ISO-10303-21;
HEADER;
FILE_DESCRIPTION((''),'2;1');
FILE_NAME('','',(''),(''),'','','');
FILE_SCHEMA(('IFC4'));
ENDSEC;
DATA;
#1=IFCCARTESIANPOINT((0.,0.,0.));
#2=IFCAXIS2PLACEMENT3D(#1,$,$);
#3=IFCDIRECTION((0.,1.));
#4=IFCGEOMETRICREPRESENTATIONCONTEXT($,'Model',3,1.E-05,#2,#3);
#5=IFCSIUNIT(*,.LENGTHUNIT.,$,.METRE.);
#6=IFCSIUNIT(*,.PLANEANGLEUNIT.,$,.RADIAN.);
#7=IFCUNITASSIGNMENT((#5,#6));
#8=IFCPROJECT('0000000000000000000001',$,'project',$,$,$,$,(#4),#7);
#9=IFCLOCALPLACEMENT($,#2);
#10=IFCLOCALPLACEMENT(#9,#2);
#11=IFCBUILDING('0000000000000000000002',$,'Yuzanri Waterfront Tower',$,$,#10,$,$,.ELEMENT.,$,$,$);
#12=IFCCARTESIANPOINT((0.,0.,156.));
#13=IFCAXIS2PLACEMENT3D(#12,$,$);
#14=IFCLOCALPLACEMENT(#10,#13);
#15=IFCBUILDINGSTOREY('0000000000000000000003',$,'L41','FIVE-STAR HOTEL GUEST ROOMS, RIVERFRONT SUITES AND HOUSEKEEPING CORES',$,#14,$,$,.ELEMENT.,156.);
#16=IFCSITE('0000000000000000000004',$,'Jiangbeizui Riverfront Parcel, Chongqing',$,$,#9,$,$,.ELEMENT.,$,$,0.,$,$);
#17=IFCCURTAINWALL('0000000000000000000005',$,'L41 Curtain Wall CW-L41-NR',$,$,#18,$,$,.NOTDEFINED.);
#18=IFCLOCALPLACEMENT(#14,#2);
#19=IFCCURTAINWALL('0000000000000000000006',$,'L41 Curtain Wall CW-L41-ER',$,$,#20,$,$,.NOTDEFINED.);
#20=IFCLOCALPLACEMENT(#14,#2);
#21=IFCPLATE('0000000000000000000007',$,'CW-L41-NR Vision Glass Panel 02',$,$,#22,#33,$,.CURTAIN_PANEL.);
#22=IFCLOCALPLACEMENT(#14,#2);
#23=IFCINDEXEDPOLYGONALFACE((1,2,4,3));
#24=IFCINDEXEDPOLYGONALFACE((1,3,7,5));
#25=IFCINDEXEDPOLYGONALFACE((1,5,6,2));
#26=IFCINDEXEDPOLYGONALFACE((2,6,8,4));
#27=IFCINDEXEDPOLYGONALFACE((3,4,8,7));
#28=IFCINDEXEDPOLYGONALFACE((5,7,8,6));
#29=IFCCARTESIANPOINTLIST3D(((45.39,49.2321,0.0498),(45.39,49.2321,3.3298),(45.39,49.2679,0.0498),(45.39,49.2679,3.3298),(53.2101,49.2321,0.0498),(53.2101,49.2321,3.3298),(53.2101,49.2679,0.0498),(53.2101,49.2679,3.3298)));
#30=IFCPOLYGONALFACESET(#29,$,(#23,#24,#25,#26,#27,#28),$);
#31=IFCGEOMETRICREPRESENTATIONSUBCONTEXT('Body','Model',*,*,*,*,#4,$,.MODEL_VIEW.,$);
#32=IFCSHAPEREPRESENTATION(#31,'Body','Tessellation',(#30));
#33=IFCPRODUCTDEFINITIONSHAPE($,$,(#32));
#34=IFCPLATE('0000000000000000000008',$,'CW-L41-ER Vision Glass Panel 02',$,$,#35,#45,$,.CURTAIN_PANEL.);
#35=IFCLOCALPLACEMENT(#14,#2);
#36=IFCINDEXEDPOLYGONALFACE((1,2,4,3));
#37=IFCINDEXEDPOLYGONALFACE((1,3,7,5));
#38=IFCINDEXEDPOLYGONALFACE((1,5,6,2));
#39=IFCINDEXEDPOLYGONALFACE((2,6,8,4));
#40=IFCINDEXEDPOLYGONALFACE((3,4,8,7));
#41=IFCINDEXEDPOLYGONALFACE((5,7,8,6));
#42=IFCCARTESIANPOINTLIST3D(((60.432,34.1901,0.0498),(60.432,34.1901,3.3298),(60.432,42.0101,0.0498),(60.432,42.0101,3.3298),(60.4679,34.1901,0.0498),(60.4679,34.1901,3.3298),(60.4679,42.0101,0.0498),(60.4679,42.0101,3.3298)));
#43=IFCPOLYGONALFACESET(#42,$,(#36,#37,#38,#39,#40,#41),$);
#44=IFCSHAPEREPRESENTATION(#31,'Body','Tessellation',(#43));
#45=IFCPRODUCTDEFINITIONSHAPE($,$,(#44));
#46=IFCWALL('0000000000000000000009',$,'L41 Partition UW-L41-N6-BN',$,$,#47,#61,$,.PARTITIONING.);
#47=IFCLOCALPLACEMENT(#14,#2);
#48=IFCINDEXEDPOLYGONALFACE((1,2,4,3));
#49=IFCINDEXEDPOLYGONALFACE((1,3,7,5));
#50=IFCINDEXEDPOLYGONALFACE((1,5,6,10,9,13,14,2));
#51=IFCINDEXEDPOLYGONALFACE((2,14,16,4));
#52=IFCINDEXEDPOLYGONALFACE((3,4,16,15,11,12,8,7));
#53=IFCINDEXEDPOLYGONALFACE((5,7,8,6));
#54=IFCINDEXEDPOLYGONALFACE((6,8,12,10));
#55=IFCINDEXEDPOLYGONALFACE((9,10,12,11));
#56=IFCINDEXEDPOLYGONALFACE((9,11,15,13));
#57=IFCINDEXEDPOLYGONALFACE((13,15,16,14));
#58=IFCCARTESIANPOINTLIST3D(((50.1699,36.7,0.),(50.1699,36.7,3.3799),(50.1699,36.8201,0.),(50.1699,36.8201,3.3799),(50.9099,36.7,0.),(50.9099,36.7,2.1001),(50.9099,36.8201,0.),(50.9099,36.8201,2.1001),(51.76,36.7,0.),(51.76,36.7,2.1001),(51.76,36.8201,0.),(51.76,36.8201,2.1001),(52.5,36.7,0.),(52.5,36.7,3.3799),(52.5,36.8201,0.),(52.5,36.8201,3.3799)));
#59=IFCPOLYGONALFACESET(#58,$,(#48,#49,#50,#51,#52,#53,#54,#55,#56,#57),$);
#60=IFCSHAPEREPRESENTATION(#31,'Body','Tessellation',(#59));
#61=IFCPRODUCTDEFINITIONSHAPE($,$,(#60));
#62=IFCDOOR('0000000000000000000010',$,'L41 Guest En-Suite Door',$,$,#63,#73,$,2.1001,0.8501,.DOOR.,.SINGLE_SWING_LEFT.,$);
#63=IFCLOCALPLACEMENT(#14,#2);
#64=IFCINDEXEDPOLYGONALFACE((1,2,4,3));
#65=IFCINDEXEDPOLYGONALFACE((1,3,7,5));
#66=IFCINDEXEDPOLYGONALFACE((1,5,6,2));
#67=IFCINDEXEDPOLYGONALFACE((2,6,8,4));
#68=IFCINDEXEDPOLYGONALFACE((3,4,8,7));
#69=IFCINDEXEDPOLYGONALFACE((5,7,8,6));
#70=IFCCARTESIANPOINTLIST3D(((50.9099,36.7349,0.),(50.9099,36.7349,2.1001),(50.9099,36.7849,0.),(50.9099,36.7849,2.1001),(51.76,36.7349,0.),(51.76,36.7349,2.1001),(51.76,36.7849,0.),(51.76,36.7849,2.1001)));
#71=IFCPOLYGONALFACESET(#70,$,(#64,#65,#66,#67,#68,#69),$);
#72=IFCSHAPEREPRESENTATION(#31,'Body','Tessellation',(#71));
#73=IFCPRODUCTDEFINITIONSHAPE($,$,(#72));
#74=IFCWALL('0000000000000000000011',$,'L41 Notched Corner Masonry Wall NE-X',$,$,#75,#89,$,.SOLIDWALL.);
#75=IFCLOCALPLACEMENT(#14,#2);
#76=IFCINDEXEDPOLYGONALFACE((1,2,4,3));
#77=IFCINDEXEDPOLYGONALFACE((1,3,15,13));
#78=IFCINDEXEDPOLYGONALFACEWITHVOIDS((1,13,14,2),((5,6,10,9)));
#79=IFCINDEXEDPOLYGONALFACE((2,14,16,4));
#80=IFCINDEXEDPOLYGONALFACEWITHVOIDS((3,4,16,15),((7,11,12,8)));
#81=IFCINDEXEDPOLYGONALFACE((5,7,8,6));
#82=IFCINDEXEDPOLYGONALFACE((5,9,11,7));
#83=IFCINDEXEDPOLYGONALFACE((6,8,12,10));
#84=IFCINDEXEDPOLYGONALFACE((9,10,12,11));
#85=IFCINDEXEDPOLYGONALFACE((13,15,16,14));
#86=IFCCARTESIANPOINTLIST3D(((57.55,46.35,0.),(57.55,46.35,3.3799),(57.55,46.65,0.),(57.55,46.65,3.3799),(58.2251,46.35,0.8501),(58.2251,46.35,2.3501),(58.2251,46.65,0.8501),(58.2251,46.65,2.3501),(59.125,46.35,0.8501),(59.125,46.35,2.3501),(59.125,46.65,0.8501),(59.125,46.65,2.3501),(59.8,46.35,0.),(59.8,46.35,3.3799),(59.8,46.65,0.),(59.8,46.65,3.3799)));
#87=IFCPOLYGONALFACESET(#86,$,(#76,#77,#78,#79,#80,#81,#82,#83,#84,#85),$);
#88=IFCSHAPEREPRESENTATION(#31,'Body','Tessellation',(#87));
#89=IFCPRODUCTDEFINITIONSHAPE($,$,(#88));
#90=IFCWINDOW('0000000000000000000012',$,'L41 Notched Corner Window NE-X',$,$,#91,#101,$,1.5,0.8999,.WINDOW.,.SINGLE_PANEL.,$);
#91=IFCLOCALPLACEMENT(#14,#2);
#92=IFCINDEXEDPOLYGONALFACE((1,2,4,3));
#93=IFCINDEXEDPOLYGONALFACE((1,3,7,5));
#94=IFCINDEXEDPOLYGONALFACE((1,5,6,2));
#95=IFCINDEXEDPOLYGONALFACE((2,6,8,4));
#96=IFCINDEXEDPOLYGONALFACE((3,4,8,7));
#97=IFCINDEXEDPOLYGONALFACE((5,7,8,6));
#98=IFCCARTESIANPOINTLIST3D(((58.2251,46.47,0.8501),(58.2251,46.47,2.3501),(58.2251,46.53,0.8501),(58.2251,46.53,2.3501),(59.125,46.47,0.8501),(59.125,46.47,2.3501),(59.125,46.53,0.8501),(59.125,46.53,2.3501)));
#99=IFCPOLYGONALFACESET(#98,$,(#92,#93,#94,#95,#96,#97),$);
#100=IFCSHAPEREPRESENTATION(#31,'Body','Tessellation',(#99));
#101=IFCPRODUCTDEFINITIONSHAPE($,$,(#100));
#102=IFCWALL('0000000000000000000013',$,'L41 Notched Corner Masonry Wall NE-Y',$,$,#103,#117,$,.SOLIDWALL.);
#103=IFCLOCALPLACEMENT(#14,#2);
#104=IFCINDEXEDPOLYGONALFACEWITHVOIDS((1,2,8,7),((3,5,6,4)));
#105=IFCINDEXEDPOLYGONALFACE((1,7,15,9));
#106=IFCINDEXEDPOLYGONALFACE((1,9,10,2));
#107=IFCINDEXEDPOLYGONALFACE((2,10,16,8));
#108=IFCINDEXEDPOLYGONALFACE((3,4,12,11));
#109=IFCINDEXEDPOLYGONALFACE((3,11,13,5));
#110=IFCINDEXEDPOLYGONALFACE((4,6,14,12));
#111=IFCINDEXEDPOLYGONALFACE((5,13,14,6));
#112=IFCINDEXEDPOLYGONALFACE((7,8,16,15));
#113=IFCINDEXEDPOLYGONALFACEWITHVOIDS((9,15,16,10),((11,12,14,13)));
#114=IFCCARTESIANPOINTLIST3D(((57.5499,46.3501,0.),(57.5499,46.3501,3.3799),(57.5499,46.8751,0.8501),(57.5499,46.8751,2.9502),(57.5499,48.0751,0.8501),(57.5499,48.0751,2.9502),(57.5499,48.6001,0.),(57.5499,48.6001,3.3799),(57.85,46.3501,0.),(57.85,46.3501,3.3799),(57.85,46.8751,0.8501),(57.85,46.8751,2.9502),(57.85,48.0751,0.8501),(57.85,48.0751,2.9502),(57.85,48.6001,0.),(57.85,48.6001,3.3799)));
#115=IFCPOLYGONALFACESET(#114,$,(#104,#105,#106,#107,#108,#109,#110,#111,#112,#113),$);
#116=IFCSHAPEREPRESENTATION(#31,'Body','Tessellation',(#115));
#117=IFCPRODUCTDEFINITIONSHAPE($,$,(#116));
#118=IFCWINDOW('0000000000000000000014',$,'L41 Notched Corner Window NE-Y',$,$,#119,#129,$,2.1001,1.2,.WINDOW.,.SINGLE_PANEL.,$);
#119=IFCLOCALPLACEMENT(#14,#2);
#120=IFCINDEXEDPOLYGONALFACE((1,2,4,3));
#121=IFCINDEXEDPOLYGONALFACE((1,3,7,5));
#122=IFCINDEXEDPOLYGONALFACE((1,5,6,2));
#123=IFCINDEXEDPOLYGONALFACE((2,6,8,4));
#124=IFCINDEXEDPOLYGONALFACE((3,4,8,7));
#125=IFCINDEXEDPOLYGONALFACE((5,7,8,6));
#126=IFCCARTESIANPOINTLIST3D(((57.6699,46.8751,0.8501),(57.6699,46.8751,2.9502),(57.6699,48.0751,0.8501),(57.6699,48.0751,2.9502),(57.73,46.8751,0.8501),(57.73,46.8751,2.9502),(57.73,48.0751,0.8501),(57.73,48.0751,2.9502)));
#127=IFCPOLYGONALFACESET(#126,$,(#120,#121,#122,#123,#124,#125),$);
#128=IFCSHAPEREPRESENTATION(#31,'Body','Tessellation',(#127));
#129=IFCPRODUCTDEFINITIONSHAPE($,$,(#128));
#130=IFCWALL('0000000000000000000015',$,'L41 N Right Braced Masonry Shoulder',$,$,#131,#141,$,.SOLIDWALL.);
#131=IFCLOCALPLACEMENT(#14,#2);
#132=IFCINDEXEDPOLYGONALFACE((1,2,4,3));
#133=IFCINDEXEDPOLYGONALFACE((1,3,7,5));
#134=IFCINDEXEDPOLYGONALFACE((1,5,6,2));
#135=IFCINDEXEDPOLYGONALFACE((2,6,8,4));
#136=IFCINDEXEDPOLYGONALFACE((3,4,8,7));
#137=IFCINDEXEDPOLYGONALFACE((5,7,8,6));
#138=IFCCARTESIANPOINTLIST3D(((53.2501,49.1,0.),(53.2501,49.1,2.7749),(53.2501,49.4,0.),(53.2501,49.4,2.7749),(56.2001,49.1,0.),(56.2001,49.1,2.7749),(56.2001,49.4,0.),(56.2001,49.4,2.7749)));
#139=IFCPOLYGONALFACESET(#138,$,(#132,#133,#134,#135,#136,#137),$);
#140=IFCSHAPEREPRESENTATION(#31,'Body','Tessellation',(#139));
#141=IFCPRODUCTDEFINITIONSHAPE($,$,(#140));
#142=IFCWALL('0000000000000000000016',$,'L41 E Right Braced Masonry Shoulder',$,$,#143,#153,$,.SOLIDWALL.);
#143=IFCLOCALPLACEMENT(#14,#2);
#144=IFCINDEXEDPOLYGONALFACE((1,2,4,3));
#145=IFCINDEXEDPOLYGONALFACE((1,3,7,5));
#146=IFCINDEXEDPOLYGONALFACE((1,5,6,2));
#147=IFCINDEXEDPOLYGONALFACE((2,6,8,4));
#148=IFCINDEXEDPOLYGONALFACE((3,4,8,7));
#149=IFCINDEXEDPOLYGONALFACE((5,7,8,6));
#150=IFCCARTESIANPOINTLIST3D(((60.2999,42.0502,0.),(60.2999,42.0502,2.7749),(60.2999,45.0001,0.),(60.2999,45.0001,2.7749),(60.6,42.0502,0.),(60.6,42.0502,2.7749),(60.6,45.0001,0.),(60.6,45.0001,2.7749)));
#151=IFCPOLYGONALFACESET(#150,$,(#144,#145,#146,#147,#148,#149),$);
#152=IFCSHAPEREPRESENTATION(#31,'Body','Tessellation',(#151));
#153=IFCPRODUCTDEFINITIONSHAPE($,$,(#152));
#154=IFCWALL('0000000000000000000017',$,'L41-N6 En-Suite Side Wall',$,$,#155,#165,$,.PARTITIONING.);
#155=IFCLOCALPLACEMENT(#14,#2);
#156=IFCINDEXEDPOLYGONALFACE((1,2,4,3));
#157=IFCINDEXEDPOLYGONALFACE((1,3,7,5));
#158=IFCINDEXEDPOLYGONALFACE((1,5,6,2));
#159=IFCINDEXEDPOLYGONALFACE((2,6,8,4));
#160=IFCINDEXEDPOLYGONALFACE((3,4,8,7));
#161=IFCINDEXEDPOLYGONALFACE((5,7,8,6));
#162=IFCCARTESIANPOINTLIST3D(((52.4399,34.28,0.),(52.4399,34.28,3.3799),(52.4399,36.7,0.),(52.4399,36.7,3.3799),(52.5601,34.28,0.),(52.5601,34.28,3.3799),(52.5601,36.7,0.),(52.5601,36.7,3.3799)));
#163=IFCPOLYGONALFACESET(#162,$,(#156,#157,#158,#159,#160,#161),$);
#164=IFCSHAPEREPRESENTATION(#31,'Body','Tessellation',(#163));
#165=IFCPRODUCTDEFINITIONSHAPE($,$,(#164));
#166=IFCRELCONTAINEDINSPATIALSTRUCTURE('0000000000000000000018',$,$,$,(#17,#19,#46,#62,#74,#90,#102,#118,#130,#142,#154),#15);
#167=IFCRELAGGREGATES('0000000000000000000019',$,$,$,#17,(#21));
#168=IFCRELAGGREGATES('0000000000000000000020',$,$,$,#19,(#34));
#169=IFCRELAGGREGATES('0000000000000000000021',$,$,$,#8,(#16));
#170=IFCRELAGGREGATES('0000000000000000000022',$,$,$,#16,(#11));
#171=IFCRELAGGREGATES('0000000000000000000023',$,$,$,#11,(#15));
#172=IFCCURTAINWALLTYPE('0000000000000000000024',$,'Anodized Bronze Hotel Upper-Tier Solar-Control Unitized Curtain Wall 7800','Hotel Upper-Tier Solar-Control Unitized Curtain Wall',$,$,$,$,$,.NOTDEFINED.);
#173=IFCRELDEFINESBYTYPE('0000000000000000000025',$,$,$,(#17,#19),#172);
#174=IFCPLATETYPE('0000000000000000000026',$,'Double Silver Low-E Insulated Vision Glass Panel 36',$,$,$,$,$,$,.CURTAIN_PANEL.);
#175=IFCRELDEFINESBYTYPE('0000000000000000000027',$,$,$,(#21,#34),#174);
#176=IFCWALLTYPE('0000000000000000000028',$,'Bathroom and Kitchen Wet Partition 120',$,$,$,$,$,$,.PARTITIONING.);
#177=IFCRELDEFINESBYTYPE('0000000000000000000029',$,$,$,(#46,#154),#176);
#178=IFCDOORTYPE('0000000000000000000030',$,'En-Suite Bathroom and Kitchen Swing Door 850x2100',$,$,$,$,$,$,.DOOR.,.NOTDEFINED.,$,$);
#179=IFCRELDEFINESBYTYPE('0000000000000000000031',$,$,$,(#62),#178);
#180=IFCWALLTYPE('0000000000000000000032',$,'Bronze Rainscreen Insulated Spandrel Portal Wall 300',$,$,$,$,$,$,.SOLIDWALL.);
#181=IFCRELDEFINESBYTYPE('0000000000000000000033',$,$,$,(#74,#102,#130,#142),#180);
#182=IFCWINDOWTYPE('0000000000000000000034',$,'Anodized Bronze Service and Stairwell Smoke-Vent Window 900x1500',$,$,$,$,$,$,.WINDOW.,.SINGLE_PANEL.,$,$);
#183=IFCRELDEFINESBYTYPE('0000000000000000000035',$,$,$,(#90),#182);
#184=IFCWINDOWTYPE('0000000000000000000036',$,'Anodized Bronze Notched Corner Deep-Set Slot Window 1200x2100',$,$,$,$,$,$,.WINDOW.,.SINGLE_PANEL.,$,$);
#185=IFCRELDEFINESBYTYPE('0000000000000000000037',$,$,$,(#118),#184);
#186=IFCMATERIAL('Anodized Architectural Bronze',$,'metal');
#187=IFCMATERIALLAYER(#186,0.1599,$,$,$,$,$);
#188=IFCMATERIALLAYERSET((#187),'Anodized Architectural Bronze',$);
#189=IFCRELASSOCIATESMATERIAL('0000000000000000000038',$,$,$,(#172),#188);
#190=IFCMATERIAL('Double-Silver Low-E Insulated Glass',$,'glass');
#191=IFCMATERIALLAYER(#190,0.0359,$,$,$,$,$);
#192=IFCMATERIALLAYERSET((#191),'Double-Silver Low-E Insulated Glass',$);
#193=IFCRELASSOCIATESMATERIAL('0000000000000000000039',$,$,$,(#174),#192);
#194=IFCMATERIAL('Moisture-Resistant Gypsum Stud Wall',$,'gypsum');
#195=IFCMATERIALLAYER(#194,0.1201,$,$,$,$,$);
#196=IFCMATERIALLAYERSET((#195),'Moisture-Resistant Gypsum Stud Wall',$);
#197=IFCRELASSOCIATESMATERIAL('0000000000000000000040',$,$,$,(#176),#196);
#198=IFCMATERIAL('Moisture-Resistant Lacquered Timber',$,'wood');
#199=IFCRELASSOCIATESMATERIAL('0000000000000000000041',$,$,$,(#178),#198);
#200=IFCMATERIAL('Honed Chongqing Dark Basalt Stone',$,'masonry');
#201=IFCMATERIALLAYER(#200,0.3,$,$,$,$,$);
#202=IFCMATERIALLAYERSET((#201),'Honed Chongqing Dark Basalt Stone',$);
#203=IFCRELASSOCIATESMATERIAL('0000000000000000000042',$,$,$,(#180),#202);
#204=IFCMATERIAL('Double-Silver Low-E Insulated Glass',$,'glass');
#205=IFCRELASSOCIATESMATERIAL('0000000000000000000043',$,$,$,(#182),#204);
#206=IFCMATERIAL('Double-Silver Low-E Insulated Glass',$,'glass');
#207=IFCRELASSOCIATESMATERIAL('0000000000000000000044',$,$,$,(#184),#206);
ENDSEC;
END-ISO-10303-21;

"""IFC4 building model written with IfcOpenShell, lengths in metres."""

from ifc_helpers import new_model, si_unit, direction, frame, frame_2d, origin, origin_2d, place, context, subcontext, project, spatial, rectangle, extrude, source, transform, mapped, material, layer, layer_set, type_object, element, fill, aggregate, save


model = new_model("IFC4")

# Units and contexts
model_context = context("Model", 3, precision=1e-05, world=origin(), true_north=direction((0.0, 1.0)))
body_context = subcontext(model_context, "Body", "Model", "MODEL_VIEW")
ifc_project = project(units=[si_unit("LENGTHUNIT", "METRE"), si_unit("PLANEANGLEUNIT", "RADIAN")], contexts=[model_context])

# Site, building, storey
site_placement = place(None, origin())
site = spatial("IfcSite", under=ifc_project, at=site_placement, Name="Jiangbeizui Riverfront Parcel, Chongqing", CompositionType="ELEMENT", RefElevation=0.0)
building_placement = place(site_placement, origin())
building = spatial("IfcBuilding", under=site, at=building_placement, Name="Yuzanri Waterfront Tower", CompositionType="ELEMENT")
storey_placement = place(building_placement, frame((0.0, 0.0, 156.0)))
storey = spatial("IfcBuildingStorey", under=building, at=storey_placement, Name="L41", Description="FIVE-STAR HOTEL GUEST ROOMS, RIVERFRONT SUITES AND HOUSEKEEPING CORES", CompositionType="ELEMENT", Elevation=156.0)

# Curtain walls
ifc_material_1 = material(Name="Anodized Architectural Bronze", Category="metal")
ifc_layer_1 = layer(ifc_material_1, 0.1599)
ifc_layer_set_1 = layer_set([ifc_layer_1], Name="Anodized Architectural Bronze")
curtain_wall_type = type_object("IfcCurtainWallType", Name="Anodized Bronze Hotel Upper-Tier Solar-Control Unitized Curtain Wall 7800", Description="Hotel Upper-Tier Solar-Control Unitized Curtain Wall", PredefinedType="NOTDEFINED", material=ifc_layer_set_1)
curtain_wall_1_placement = place(storey_placement, origin())
curtain_wall_1 = element("IfcCurtainWall", 1, at=curtain_wall_1_placement, inside=storey, type_object=curtain_wall_type, Name="L41 Curtain Wall CW-L41-NR", PredefinedType="NOTDEFINED")
curtain_wall_2_placement = place(storey_placement, origin())
curtain_wall_2 = element("IfcCurtainWall", 2, at=curtain_wall_2_placement, inside=storey, type_object=curtain_wall_type, Name="L41 Curtain Wall CW-L41-ER", PredefinedType="NOTDEFINED")

# Plates
ifc_material_2 = material(Name="Double-Silver Low-E Insulated Glass", Category="glass")
ifc_layer_2 = layer(ifc_material_2, 0.0359)
ifc_layer_set_2 = layer_set([ifc_layer_2], Name="Double-Silver Low-E Insulated Glass")
plate_type_1 = type_object("IfcPlateType", Name="Double Silver Low-E Insulated Vision Glass Panel 36", PredefinedType="CURTAIN_PANEL", material=ifc_layer_set_2)
shared_shape_1 = source(origin(), body_context, "Body", "SweptSolid", [
    extrude(rectangle(XDim=7.8201, YDim=0.0359, at=origin_2d()), origin(), (0.0, 0.0, 1.0), 3.28),
])
plate_1_placement = place(storey_placement, frame((49.3, 49.25, 0.0498), z_axis=(0.0, 0.0, 1.0), x_axis=(1.0, 0.0, 0.0)))
plate_1 = element("IfcPlate", 3, at=plate_1_placement, type_object=plate_type_1, Name="CW-L41-NR Vision Glass Panel 02", PredefinedType="CURTAIN_PANEL", context=body_context, shape_type="MappedRepresentation", body=[
    mapped(shared_shape_1, transform((0.0, 0.0, 0.0), scale=1.0)),
])
aggregate(curtain_wall_1, [plate_1])
plate_2_placement = place(storey_placement, frame((60.45, 38.1001, 0.0498), z_axis=(0.0, 0.0, 1.0), x_axis=(0.0, 1.0, 0.0)))
plate_2 = element("IfcPlate", 4, at=plate_2_placement, type_object=plate_type_1, Name="CW-L41-ER Vision Glass Panel 02", PredefinedType="CURTAIN_PANEL", context=body_context, shape_type="MappedRepresentation", body=[
    mapped(shared_shape_1, transform((0.0, 0.0, 0.0), scale=1.0)),
])
aggregate(curtain_wall_2, [plate_2])

# Wall, opening, door
ifc_material_3 = material(Name="Moisture-Resistant Gypsum Stud Wall", Category="gypsum")
ifc_layer_3 = layer(ifc_material_3, 0.1201)
ifc_layer_set_3 = layer_set([ifc_layer_3], Name="Moisture-Resistant Gypsum Stud Wall")
wall_type_1 = type_object("IfcWallType", Name="Bathroom and Kitchen Wet Partition 120", PredefinedType="PARTITIONING", material=ifc_layer_set_3)
wall_1_placement = place(storey_placement, frame((50.1699, 36.76, 0.0), z_axis=(0.0, 0.0, 1.0), x_axis=(1.0, 0.0, 0.0)))
wall_1 = element("IfcWall", 5, at=wall_1_placement, inside=storey, type_object=wall_type_1, Name="L41 Partition UW-L41-N6-BN", PredefinedType="PARTITIONING", context=body_context, shape_type="SweptSolid", body=[
    extrude(rectangle(XDim=2.3301, YDim=0.1201, at=frame_2d((1.165, 0.0))), origin(), (0.0, 0.0, 1.0), 3.3799),
])
opening_1_placement = place(wall_1_placement, frame((0.74, 0.0, 0.0)))
opening_1 = element("IfcOpeningElement", 6, at=opening_1_placement, cuts=wall_1, PredefinedType="OPENING", context=body_context, shape_type="SweptSolid", body=[
    extrude(rectangle(XDim=0.8501, YDim=2.1001, at=frame_2d((0.425, 1.05))), frame((0.0, 0.075, 0.0), z_axis=(0.0, -1.0, 0.0), x_axis=(1.0, 0.0, 0.0)), (0.0, 0.0, 1.0), 0.1499),
])
ifc_material_4 = material(Name="Moisture-Resistant Lacquered Timber", Category="wood")
door_type = type_object("IfcDoorType", Name="En-Suite Bathroom and Kitchen Swing Door 850x2100", OperationType="NOTDEFINED", PredefinedType="DOOR", material=ifc_material_4)
shared_shape_2 = source(origin(), body_context, "Body", "SweptSolid", [
    extrude(rectangle(XDim=0.8501, YDim=2.1001, at=frame_2d((0.425, 1.05))), frame((0.0, 0.0249, 0.0), z_axis=(0.0, -1.0, 0.0), x_axis=(1.0, 0.0, 0.0)), (0.0, 0.0, 1.0), 0.05),
])
door_placement = place(opening_1_placement, origin())
door = element("IfcDoor", 7, at=door_placement, inside=storey, type_object=door_type, Name="L41 Guest En-Suite Door", OperationType="SINGLE_SWING_LEFT", OverallHeight=2.1001, OverallWidth=0.8501, PredefinedType="DOOR", context=body_context, shape_type="MappedRepresentation", body=[
    mapped(shared_shape_2, transform((0.0, 0.0, 0.0), scale=1.0)),
])
fill(opening_1, door)

# Walls, openings, windows
ifc_material_5 = material(Name="Honed Chongqing Dark Basalt Stone", Category="masonry")
ifc_layer_4 = layer(ifc_material_5, 0.3)
ifc_layer_set_4 = layer_set([ifc_layer_4], Name="Honed Chongqing Dark Basalt Stone")
wall_type_2 = type_object("IfcWallType", Name="Bronze Rainscreen Insulated Spandrel Portal Wall 300", PredefinedType="SOLIDWALL", material=ifc_layer_set_4)
wall_2_placement = place(storey_placement, frame((59.8, 46.5, 0.0), z_axis=(0.0, 0.0, 1.0), x_axis=(-1.0, 0.0, 0.0)))
wall_2 = element("IfcWall", 8, at=wall_2_placement, inside=storey, type_object=wall_type_2, Name="L41 Notched Corner Masonry Wall NE-X", PredefinedType="SOLIDWALL", context=body_context, shape_type="SweptSolid", body=[
    extrude(rectangle(XDim=2.25, YDim=0.3, at=frame_2d((1.125, 0.0))), origin(), (0.0, 0.0, 1.0), 3.3799),
])
opening_2_placement = place(wall_2_placement, frame((0.675, 0.0, 0.8501)))
opening_2 = element("IfcOpeningElement", 9, at=opening_2_placement, cuts=wall_2, PredefinedType="OPENING", context=body_context, shape_type="SweptSolid", body=[
    extrude(rectangle(XDim=0.8999, YDim=1.5, at=frame_2d((0.45, 0.75))), frame((0.0, 0.165, 0.0), z_axis=(0.0, -1.0, 0.0), x_axis=(1.0, 0.0, 0.0)), (0.0, 0.0, 1.0), 0.3298),
])
ifc_material_6 = material(Name="Double-Silver Low-E Insulated Glass", Category="glass")
window_type_1 = type_object("IfcWindowType", Name="Anodized Bronze Service and Stairwell Smoke-Vent Window 900x1500", PartitioningType="SINGLE_PANEL", PredefinedType="WINDOW", material=ifc_material_6)
shared_shape_3 = source(origin(), body_context, "Body", "SweptSolid", [
    extrude(rectangle(XDim=0.8999, YDim=1.5, at=frame_2d((0.45, 0.75))), frame((0.0, 0.03, 0.0), z_axis=(0.0, -1.0, 0.0), x_axis=(1.0, 0.0, 0.0)), (0.0, 0.0, 1.0), 0.0601),
])
window_1_placement = place(opening_2_placement, origin())
window_1 = element("IfcWindow", 10, at=window_1_placement, inside=storey, type_object=window_type_1, Name="L41 Notched Corner Window NE-X", OverallHeight=1.5, OverallWidth=0.8999, PartitioningType="SINGLE_PANEL", PredefinedType="WINDOW", context=body_context, shape_type="MappedRepresentation", body=[
    mapped(shared_shape_3, transform((0.0, 0.0, 0.0), scale=1.0)),
])
fill(opening_2, window_1)
wall_3_placement = place(storey_placement, frame((57.7, 46.3501, 0.0), z_axis=(0.0, 0.0, 1.0), x_axis=(0.0, 1.0, 0.0)))
wall_3 = element("IfcWall", 11, at=wall_3_placement, inside=storey, type_object=wall_type_2, Name="L41 Notched Corner Masonry Wall NE-Y", PredefinedType="SOLIDWALL", context=body_context, shape_type="SweptSolid", body=[
    extrude(rectangle(XDim=2.25, YDim=0.3, at=frame_2d((1.125, 0.0))), origin(), (0.0, 0.0, 1.0), 3.3799),
])
opening_3_placement = place(wall_3_placement, frame((0.5249, 0.0, 0.8501)))
opening_3 = element("IfcOpeningElement", 12, at=opening_3_placement, cuts=wall_3, PredefinedType="OPENING", context=body_context, shape_type="SweptSolid", body=[
    extrude(rectangle(XDim=1.2, YDim=2.1001, at=frame_2d((0.6001, 1.05))), frame((0.0, 0.165, 0.0), z_axis=(0.0, -1.0, 0.0), x_axis=(1.0, 0.0, 0.0)), (0.0, 0.0, 1.0), 0.3298),
])
ifc_material_7 = material(Name="Double-Silver Low-E Insulated Glass", Category="glass")
window_type_2 = type_object("IfcWindowType", Name="Anodized Bronze Notched Corner Deep-Set Slot Window 1200x2100", PartitioningType="SINGLE_PANEL", PredefinedType="WINDOW", material=ifc_material_7)
shared_shape_4 = source(origin(), body_context, "Body", "SweptSolid", [
    extrude(rectangle(XDim=1.2, YDim=2.1001, at=frame_2d((0.6001, 1.05))), frame((0.0, 0.03, 0.0), z_axis=(0.0, -1.0, 0.0), x_axis=(1.0, 0.0, 0.0)), (0.0, 0.0, 1.0), 0.0601),
])
window_2_placement = place(opening_3_placement, origin())
window_2 = element("IfcWindow", 13, at=window_2_placement, inside=storey, type_object=window_type_2, Name="L41 Notched Corner Window NE-Y", OverallHeight=2.1001, OverallWidth=1.2, PartitioningType="SINGLE_PANEL", PredefinedType="WINDOW", context=body_context, shape_type="MappedRepresentation", body=[
    mapped(shared_shape_4, transform((0.0, 0.0, 0.0), scale=1.0)),
])
fill(opening_3, window_2)

# Walls
shared_shape_5 = source(origin(), body_context, "Body", "SweptSolid", [
    extrude(rectangle(XDim=2.95, YDim=0.3, at=frame_2d((1.4751, 0.0))), origin(), (0.0, 0.0, 1.0), 2.7749),
])
for number, where, z_axis, x_axis, name in (
    (14, (53.25, 49.25, 0.0), (0.0, 0.0, 1.0), (1.0, 0.0, 0.0), "L41 N Right Braced Masonry Shoulder"),
    (15, (60.45, 42.05, 0.0), (0.0, 0.0, 1.0), (0.0, 1.0, 0.0), "L41 E Right Braced Masonry Shoulder"),
):
    element("IfcWall", number, at=place(storey_placement, frame(where, z_axis=z_axis, x_axis=x_axis)), inside=storey, type_object=wall_type_2, Name=name, PredefinedType="SOLIDWALL", context=body_context, shape_type="MappedRepresentation", body=[
        mapped(shared_shape_5, transform((0.0, 0.0, 0.0), scale=1.0)),
    ])
shared_shape_6 = source(origin(), body_context, "Body", "SweptSolid", [
    extrude(rectangle(XDim=2.4199, YDim=0.1201, at=frame_2d((1.21, 0.0))), origin(), (0.0, 0.0, 1.0), 3.3799),
])
wall_4_placement = place(storey_placement, frame((52.5, 34.28, 0.0), z_axis=(0.0, 0.0, 1.0), x_axis=(0.0, 1.0, 0.0)))
element("IfcWall", 16, at=wall_4_placement, inside=storey, type_object=wall_type_1, Name="L41-N6 En-Suite Side Wall", PredefinedType="PARTITIONING", context=body_context, shape_type="MappedRepresentation", body=[
    mapped(shared_shape_6, transform((0.0, 0.0, 0.0), scale=1.0)),
])

save(model, "model.ifc")
